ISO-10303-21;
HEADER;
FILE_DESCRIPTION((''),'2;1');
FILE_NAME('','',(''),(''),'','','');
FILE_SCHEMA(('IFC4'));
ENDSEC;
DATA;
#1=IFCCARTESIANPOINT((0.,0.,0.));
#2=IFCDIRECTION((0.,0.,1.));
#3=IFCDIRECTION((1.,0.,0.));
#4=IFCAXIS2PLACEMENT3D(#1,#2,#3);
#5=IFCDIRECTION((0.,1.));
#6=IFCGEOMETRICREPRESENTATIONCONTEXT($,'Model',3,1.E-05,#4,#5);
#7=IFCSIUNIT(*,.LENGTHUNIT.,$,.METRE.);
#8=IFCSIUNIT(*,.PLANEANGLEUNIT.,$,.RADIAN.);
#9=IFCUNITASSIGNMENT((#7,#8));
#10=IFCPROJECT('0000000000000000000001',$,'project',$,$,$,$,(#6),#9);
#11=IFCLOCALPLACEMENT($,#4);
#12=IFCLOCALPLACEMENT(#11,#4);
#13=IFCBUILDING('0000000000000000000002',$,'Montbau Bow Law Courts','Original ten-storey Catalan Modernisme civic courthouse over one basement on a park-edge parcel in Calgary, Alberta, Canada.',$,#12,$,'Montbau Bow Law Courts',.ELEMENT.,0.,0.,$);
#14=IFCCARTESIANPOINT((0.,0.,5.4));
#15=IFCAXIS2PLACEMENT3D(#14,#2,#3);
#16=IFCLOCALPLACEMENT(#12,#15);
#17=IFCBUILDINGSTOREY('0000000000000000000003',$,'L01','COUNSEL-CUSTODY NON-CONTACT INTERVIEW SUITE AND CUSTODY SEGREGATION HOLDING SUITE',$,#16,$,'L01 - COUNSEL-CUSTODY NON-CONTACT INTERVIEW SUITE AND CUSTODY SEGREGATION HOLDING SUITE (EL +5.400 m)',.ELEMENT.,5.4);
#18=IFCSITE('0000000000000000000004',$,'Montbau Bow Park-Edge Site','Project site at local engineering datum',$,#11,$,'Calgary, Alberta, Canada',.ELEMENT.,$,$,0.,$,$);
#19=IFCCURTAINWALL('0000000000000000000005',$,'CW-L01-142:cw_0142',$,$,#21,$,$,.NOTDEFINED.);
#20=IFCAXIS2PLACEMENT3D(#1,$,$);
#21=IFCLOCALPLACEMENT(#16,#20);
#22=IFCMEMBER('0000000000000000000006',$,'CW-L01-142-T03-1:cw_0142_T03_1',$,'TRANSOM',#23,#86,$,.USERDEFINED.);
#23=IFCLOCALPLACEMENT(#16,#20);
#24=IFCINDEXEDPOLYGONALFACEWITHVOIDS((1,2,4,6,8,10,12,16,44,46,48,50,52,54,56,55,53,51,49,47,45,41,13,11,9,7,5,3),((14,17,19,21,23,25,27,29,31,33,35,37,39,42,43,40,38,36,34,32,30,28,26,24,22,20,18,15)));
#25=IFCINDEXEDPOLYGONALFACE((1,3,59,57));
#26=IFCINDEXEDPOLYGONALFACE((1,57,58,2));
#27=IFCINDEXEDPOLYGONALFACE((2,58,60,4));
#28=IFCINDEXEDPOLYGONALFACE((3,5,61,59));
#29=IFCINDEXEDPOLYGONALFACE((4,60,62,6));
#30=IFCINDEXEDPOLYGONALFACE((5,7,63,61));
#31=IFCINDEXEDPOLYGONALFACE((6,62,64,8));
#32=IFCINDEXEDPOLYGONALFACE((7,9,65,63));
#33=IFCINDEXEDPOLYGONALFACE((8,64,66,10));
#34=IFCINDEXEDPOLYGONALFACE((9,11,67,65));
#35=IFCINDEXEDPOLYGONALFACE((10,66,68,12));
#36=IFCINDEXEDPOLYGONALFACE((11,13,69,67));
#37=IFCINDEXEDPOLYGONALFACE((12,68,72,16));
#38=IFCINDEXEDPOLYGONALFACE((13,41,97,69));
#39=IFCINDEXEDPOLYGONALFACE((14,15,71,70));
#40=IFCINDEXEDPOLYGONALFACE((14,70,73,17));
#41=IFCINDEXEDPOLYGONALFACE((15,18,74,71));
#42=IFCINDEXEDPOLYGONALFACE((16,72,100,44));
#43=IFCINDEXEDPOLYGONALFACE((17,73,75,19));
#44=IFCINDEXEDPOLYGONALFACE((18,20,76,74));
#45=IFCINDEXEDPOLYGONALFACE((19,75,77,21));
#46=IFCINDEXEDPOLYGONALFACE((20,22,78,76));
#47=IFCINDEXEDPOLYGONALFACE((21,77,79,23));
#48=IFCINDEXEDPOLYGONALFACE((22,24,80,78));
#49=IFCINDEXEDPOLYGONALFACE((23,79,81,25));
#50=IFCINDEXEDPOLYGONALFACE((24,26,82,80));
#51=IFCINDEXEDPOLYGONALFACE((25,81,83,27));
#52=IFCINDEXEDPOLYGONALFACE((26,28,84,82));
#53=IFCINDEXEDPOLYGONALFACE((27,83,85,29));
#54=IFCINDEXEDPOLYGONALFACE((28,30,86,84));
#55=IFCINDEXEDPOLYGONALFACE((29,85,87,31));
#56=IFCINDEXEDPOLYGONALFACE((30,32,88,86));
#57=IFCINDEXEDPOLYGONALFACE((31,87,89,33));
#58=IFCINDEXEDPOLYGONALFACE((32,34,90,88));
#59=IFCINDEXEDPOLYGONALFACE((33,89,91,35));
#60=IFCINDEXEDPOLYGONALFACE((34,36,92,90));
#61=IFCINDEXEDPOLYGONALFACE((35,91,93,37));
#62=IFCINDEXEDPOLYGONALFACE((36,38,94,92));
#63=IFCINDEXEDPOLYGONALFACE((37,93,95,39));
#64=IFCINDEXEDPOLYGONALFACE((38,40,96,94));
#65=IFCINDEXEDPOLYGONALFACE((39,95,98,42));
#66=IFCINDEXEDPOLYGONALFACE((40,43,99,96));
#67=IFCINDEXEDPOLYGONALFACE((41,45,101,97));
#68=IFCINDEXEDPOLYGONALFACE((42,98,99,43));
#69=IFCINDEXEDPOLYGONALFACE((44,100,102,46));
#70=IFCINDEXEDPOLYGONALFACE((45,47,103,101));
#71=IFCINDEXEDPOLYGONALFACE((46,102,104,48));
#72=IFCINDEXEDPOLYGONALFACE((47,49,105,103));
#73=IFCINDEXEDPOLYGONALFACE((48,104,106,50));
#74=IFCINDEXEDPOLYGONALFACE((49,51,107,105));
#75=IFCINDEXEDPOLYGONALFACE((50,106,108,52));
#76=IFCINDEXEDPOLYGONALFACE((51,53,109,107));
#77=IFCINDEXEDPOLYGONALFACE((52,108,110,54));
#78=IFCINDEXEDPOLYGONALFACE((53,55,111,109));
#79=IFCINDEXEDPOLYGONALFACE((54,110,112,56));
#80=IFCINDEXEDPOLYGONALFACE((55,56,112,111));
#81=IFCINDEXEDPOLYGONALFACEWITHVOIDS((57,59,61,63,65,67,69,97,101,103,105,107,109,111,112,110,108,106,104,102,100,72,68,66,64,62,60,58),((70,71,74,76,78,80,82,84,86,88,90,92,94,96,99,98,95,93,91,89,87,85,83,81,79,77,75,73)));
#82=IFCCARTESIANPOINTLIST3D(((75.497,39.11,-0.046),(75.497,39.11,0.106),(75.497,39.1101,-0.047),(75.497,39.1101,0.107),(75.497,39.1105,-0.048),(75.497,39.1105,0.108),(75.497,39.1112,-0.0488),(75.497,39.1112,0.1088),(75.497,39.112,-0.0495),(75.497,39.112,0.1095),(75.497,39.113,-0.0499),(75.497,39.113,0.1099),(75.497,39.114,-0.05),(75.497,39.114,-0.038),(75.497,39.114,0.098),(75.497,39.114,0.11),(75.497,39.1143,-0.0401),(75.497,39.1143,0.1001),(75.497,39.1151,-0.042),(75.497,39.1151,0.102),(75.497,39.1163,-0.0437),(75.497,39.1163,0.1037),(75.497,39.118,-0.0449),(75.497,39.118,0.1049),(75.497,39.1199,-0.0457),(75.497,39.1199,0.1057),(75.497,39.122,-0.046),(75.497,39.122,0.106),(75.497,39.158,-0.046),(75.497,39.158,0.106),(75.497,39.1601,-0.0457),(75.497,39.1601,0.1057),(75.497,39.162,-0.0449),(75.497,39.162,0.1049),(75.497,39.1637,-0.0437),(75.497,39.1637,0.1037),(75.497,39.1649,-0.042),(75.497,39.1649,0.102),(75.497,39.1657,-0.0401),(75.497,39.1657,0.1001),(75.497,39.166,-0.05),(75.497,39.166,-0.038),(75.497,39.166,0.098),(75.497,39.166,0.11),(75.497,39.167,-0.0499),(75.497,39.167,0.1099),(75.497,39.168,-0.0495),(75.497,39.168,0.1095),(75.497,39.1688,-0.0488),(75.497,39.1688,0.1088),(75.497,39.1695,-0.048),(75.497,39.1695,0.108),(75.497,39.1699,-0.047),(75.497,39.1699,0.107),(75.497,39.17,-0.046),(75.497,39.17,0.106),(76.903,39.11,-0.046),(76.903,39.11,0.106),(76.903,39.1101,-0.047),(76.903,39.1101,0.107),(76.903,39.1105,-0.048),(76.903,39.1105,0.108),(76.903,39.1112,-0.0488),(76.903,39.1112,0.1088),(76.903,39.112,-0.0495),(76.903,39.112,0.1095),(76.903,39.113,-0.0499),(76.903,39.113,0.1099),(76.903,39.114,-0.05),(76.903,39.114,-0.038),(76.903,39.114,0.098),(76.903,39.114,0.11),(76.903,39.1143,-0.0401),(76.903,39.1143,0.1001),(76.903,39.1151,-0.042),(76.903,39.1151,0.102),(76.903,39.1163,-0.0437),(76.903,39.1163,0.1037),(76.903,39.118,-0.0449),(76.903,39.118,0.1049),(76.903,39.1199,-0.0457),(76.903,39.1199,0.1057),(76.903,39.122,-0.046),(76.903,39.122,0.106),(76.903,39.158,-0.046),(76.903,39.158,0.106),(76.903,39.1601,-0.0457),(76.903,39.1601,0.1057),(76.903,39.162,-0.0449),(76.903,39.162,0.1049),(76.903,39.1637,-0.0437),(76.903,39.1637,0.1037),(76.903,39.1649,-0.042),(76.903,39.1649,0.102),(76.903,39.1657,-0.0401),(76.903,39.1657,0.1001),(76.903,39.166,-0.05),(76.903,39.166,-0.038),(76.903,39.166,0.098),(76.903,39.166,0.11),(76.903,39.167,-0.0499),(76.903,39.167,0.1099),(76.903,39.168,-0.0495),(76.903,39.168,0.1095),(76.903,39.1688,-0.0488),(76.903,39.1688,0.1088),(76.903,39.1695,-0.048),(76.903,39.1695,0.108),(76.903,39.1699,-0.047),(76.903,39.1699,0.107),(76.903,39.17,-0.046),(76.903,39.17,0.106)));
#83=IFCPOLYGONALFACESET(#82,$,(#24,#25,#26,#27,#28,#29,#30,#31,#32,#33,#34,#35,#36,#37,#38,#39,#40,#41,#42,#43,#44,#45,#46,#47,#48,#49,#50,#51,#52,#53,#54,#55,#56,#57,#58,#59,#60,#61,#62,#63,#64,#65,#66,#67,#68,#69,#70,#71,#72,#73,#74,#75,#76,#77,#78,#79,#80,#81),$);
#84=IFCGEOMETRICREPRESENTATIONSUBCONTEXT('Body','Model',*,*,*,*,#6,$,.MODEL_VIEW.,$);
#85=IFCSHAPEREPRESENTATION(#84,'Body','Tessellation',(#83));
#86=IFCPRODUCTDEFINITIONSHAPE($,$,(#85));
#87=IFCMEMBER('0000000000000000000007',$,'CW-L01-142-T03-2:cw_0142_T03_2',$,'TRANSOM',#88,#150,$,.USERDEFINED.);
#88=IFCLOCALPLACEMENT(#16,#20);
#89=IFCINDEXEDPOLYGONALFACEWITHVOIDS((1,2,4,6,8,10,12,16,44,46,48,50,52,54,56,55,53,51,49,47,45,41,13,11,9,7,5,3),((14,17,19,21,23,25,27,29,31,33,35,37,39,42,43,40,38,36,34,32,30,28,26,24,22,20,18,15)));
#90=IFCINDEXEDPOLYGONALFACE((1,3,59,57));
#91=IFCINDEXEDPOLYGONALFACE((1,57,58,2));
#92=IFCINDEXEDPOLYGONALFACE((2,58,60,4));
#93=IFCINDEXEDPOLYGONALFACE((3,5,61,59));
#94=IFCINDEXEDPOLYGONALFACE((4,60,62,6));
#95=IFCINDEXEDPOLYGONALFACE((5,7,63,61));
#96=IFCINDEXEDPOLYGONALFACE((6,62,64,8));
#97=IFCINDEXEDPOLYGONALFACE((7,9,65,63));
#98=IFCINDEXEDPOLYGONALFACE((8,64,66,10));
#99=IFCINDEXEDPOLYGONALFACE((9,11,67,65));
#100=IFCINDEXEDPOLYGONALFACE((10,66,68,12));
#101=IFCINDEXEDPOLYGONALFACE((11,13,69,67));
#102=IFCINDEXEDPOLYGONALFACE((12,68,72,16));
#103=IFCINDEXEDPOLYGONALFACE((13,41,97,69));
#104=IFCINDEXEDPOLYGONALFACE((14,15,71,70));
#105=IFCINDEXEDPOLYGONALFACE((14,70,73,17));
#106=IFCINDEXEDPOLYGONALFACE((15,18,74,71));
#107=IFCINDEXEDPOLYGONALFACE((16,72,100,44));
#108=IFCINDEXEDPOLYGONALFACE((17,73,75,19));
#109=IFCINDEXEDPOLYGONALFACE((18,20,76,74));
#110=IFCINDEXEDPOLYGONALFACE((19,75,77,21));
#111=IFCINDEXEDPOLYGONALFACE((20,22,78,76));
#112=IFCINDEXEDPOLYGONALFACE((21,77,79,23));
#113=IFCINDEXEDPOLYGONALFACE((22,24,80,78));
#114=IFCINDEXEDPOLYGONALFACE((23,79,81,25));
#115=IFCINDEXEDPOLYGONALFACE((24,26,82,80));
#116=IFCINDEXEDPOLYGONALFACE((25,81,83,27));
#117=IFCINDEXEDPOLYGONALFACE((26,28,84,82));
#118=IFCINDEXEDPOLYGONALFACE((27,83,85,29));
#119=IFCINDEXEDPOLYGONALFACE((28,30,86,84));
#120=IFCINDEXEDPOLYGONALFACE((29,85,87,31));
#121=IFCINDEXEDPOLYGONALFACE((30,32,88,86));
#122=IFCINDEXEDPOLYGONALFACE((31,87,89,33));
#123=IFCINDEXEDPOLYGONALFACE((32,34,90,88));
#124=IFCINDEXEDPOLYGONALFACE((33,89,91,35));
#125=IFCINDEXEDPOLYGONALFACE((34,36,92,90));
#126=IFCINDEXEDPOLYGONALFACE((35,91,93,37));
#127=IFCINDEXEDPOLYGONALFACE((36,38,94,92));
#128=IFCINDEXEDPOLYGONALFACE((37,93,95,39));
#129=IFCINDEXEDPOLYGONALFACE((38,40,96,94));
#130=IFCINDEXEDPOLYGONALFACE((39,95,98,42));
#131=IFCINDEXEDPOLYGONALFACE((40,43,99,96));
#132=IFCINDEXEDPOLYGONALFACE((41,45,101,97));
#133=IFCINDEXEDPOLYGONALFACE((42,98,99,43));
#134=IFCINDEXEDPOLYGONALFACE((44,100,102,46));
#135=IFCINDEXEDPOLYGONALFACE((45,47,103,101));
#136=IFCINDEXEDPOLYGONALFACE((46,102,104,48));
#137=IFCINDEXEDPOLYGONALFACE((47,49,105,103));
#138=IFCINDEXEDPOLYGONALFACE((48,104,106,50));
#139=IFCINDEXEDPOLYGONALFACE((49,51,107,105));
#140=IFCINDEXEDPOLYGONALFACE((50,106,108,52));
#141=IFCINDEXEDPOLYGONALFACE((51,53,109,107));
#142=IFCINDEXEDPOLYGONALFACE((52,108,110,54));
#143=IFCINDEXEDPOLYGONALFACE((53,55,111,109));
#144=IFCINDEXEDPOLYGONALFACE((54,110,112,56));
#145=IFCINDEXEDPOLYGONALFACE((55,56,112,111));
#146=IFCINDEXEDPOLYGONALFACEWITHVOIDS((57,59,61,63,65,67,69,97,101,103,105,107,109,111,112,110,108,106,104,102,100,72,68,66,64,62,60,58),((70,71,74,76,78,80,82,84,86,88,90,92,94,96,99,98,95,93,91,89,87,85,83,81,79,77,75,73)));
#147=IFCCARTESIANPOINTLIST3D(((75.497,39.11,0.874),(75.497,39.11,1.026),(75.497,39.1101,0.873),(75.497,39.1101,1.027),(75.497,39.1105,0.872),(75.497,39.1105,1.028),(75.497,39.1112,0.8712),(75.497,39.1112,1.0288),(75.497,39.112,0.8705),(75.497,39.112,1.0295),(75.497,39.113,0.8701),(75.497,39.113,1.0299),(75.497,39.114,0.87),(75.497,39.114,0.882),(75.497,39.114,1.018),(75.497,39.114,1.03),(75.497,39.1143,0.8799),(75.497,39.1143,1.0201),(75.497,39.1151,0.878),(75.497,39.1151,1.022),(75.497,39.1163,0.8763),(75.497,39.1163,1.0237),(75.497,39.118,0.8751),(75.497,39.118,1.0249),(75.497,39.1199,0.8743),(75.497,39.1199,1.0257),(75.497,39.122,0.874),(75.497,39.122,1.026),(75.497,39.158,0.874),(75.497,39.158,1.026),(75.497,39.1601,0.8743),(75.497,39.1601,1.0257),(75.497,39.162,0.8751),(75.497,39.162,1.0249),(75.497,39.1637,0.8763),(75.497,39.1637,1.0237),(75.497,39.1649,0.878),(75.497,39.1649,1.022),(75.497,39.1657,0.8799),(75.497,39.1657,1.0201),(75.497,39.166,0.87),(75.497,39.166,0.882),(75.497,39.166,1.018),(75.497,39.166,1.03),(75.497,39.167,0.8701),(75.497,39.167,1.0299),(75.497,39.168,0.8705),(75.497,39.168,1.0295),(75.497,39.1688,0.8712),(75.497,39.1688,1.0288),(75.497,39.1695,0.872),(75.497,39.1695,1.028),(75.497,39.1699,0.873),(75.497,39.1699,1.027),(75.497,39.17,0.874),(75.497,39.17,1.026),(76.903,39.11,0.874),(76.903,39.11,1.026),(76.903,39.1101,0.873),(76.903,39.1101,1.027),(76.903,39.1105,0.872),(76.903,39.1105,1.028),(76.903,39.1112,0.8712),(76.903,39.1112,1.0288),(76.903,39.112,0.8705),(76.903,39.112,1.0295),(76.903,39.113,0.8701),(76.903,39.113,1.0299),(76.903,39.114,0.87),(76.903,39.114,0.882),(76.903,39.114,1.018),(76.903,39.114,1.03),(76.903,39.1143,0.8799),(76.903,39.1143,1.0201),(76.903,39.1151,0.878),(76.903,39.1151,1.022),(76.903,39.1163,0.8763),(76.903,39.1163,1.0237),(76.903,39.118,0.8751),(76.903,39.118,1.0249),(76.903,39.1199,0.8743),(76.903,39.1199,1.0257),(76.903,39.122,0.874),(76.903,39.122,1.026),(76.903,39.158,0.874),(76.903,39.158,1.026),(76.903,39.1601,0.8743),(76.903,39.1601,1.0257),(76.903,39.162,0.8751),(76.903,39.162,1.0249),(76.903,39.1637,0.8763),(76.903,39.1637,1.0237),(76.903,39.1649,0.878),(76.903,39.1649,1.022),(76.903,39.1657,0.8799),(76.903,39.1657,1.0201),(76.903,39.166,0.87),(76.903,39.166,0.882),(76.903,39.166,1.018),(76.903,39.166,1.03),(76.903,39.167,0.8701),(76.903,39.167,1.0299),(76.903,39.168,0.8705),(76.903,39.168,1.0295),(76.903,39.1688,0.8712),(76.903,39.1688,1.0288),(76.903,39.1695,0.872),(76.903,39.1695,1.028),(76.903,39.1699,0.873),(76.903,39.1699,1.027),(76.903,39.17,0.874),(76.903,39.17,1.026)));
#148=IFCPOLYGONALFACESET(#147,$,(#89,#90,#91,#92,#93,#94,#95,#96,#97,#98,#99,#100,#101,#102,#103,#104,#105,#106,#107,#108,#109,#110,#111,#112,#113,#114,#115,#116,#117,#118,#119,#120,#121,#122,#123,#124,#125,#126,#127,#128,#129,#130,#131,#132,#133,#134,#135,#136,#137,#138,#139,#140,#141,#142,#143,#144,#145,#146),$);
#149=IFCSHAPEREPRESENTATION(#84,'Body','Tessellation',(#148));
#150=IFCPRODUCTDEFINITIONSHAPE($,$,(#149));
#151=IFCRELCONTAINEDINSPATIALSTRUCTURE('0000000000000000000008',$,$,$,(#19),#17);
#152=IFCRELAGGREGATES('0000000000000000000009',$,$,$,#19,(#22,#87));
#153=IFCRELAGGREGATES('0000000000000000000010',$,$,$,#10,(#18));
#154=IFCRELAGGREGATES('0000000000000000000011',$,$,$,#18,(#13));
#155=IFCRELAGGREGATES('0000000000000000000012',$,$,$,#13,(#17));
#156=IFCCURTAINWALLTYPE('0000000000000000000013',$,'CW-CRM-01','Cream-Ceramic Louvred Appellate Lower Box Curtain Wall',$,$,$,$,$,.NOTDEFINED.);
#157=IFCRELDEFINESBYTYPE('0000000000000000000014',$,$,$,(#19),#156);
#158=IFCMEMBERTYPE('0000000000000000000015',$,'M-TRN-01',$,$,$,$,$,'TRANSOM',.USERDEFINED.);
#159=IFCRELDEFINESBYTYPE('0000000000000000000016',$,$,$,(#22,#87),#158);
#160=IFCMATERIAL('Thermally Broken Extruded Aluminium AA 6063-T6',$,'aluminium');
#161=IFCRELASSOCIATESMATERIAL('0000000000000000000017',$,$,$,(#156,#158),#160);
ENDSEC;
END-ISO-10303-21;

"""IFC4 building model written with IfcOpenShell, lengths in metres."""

from ifc_helpers import new_model, si_unit, direction, frame, origin_with_axes, origin_2d_with_axis, place, context, subcontext, project, spatial, hollow_rectangle, extrude, material, material_profile, profile_set, type_object, element, aggregate, save


model = new_model("IFC4")

# Units and contexts
model_context = context("Model", 3, precision=1e-05, world=origin_with_axes(), true_north=direction((0.0, 1.0)))
body_context = subcontext(model_context, "Body", "Model", "MODEL_VIEW")
ifc_project = project(units=[si_unit("LENGTHUNIT", "METRE"), si_unit("PLANEANGLEUNIT", "RADIAN")], contexts=[model_context])

# Site, building, storey
site_placement = place(None, origin_with_axes())
site = spatial("IfcSite", under=ifc_project, at=site_placement, Name="Montbau Bow Park-Edge Site", Description="Project site at local engineering datum", LongName="Calgary, Alberta, Canada", CompositionType="ELEMENT", RefElevation=0.0)
building_placement = place(site_placement, origin_with_axes())
building = spatial("IfcBuilding", under=site, at=building_placement, Name="Montbau Bow Law Courts", Description="Original ten-storey Catalan Modernisme civic courthouse over one basement on a park-edge parcel in Calgary, Alberta, Canada.", LongName="Montbau Bow Law Courts", CompositionType="ELEMENT", ElevationOfRefHeight=0.0, ElevationOfTerrain=0.0)
storey_placement = place(building_placement, frame((0.0, 0.0, 5.4), z_axis=(0.0, 0.0, 1.0), x_axis=(1.0, 0.0, 0.0)))
storey = spatial("IfcBuildingStorey", under=building, at=storey_placement, Name="L01", Description="COUNSEL-CUSTODY NON-CONTACT INTERVIEW SUITE AND CUSTODY SEGREGATION HOLDING SUITE", LongName="L01 - COUNSEL-CUSTODY NON-CONTACT INTERVIEW SUITE AND CUSTODY SEGREGATION HOLDING SUITE (EL +5.400 m)", CompositionType="ELEMENT", Elevation=5.4)

# Curtain wall, members
ifc_material_1 = material(Name="Thermally Broken Extruded Aluminium AA 6063-T6", Category="aluminium")
curtain_wall_type = type_object("IfcCurtainWallType", Name="CW-CRM-01", Description="Cream-Ceramic Louvred Appellate Lower Box Curtain Wall", PredefinedType="NOTDEFINED", material=ifc_material_1)
curtain_wall_placement = place(None, frame((72.515, 39.14, 5.4), z_axis=(0.0, 0.0, 1.0), x_axis=(1.0, 0.0, 0.0)))
curtain_wall = element("IfcCurtainWall", 1, at=curtain_wall_placement, inside=storey, type_object=curtain_wall_type, Name="CW-L01-142:cw_0142", PredefinedType="NOTDEFINED")
ifc_material_profile_1 = material_profile(ifc_material_1, hollow_rectangle(XDim=0.06, YDim=0.16, WallThickness=0.004, InnerFilletRadius=0.008, OuterFilletRadius=0.004, at=origin_2d_with_axis()), Name="CWT-160X60", Category="Main", Priority=0)
ifc_profile_set_1 = profile_set([ifc_material_profile_1], Name="Thermally Broken Extruded Aluminium AA 6063-T6")
member_type_1 = type_object("IfcMemberType", Name="M-TRN-01", ElementType="TRANSOM", PredefinedType="USERDEFINED", material=ifc_profile_set_1)
member_1_placement = place(None, frame((75.497, 39.14, 5.43), z_axis=(1.0, 0.0, 0.0), x_axis=(0.0, 1.0, 0.0)))
member_1 = element("IfcMember", 2, at=member_1_placement, type_object=member_type_1, Name="CW-L01-142-T03-1:cw_0142_T03_1", ObjectType="TRANSOM", PredefinedType="USERDEFINED", context=body_context, shape_type="SweptSolid", body=[
    extrude(hollow_rectangle(XDim=0.06, YDim=0.16, WallThickness=0.004, InnerFilletRadius=0.008, OuterFilletRadius=0.004, at=origin_2d_with_axis()), origin_with_axes(), (0.0, 0.0, 1.0), 1.406),
])
member_2_placement = place(None, frame((75.497, 39.14, 6.35), z_axis=(1.0, 0.0, 0.0), x_axis=(0.0, 1.0, 0.0)))
member_2 = element("IfcMember", 3, at=member_2_placement, type_object=member_type_1, Name="CW-L01-142-T03-2:cw_0142_T03_2", ObjectType="TRANSOM", PredefinedType="USERDEFINED", context=body_context, shape_type="SweptSolid", body=[
    extrude(hollow_rectangle(XDim=0.06, YDim=0.16, WallThickness=0.004, InnerFilletRadius=0.008, OuterFilletRadius=0.004, at=origin_2d_with_axis()), origin_with_axes(), (0.0, 0.0, 1.0), 1.406),
])
aggregate(curtain_wall, [member_1, member_2])

save(model, "model.ifc")
